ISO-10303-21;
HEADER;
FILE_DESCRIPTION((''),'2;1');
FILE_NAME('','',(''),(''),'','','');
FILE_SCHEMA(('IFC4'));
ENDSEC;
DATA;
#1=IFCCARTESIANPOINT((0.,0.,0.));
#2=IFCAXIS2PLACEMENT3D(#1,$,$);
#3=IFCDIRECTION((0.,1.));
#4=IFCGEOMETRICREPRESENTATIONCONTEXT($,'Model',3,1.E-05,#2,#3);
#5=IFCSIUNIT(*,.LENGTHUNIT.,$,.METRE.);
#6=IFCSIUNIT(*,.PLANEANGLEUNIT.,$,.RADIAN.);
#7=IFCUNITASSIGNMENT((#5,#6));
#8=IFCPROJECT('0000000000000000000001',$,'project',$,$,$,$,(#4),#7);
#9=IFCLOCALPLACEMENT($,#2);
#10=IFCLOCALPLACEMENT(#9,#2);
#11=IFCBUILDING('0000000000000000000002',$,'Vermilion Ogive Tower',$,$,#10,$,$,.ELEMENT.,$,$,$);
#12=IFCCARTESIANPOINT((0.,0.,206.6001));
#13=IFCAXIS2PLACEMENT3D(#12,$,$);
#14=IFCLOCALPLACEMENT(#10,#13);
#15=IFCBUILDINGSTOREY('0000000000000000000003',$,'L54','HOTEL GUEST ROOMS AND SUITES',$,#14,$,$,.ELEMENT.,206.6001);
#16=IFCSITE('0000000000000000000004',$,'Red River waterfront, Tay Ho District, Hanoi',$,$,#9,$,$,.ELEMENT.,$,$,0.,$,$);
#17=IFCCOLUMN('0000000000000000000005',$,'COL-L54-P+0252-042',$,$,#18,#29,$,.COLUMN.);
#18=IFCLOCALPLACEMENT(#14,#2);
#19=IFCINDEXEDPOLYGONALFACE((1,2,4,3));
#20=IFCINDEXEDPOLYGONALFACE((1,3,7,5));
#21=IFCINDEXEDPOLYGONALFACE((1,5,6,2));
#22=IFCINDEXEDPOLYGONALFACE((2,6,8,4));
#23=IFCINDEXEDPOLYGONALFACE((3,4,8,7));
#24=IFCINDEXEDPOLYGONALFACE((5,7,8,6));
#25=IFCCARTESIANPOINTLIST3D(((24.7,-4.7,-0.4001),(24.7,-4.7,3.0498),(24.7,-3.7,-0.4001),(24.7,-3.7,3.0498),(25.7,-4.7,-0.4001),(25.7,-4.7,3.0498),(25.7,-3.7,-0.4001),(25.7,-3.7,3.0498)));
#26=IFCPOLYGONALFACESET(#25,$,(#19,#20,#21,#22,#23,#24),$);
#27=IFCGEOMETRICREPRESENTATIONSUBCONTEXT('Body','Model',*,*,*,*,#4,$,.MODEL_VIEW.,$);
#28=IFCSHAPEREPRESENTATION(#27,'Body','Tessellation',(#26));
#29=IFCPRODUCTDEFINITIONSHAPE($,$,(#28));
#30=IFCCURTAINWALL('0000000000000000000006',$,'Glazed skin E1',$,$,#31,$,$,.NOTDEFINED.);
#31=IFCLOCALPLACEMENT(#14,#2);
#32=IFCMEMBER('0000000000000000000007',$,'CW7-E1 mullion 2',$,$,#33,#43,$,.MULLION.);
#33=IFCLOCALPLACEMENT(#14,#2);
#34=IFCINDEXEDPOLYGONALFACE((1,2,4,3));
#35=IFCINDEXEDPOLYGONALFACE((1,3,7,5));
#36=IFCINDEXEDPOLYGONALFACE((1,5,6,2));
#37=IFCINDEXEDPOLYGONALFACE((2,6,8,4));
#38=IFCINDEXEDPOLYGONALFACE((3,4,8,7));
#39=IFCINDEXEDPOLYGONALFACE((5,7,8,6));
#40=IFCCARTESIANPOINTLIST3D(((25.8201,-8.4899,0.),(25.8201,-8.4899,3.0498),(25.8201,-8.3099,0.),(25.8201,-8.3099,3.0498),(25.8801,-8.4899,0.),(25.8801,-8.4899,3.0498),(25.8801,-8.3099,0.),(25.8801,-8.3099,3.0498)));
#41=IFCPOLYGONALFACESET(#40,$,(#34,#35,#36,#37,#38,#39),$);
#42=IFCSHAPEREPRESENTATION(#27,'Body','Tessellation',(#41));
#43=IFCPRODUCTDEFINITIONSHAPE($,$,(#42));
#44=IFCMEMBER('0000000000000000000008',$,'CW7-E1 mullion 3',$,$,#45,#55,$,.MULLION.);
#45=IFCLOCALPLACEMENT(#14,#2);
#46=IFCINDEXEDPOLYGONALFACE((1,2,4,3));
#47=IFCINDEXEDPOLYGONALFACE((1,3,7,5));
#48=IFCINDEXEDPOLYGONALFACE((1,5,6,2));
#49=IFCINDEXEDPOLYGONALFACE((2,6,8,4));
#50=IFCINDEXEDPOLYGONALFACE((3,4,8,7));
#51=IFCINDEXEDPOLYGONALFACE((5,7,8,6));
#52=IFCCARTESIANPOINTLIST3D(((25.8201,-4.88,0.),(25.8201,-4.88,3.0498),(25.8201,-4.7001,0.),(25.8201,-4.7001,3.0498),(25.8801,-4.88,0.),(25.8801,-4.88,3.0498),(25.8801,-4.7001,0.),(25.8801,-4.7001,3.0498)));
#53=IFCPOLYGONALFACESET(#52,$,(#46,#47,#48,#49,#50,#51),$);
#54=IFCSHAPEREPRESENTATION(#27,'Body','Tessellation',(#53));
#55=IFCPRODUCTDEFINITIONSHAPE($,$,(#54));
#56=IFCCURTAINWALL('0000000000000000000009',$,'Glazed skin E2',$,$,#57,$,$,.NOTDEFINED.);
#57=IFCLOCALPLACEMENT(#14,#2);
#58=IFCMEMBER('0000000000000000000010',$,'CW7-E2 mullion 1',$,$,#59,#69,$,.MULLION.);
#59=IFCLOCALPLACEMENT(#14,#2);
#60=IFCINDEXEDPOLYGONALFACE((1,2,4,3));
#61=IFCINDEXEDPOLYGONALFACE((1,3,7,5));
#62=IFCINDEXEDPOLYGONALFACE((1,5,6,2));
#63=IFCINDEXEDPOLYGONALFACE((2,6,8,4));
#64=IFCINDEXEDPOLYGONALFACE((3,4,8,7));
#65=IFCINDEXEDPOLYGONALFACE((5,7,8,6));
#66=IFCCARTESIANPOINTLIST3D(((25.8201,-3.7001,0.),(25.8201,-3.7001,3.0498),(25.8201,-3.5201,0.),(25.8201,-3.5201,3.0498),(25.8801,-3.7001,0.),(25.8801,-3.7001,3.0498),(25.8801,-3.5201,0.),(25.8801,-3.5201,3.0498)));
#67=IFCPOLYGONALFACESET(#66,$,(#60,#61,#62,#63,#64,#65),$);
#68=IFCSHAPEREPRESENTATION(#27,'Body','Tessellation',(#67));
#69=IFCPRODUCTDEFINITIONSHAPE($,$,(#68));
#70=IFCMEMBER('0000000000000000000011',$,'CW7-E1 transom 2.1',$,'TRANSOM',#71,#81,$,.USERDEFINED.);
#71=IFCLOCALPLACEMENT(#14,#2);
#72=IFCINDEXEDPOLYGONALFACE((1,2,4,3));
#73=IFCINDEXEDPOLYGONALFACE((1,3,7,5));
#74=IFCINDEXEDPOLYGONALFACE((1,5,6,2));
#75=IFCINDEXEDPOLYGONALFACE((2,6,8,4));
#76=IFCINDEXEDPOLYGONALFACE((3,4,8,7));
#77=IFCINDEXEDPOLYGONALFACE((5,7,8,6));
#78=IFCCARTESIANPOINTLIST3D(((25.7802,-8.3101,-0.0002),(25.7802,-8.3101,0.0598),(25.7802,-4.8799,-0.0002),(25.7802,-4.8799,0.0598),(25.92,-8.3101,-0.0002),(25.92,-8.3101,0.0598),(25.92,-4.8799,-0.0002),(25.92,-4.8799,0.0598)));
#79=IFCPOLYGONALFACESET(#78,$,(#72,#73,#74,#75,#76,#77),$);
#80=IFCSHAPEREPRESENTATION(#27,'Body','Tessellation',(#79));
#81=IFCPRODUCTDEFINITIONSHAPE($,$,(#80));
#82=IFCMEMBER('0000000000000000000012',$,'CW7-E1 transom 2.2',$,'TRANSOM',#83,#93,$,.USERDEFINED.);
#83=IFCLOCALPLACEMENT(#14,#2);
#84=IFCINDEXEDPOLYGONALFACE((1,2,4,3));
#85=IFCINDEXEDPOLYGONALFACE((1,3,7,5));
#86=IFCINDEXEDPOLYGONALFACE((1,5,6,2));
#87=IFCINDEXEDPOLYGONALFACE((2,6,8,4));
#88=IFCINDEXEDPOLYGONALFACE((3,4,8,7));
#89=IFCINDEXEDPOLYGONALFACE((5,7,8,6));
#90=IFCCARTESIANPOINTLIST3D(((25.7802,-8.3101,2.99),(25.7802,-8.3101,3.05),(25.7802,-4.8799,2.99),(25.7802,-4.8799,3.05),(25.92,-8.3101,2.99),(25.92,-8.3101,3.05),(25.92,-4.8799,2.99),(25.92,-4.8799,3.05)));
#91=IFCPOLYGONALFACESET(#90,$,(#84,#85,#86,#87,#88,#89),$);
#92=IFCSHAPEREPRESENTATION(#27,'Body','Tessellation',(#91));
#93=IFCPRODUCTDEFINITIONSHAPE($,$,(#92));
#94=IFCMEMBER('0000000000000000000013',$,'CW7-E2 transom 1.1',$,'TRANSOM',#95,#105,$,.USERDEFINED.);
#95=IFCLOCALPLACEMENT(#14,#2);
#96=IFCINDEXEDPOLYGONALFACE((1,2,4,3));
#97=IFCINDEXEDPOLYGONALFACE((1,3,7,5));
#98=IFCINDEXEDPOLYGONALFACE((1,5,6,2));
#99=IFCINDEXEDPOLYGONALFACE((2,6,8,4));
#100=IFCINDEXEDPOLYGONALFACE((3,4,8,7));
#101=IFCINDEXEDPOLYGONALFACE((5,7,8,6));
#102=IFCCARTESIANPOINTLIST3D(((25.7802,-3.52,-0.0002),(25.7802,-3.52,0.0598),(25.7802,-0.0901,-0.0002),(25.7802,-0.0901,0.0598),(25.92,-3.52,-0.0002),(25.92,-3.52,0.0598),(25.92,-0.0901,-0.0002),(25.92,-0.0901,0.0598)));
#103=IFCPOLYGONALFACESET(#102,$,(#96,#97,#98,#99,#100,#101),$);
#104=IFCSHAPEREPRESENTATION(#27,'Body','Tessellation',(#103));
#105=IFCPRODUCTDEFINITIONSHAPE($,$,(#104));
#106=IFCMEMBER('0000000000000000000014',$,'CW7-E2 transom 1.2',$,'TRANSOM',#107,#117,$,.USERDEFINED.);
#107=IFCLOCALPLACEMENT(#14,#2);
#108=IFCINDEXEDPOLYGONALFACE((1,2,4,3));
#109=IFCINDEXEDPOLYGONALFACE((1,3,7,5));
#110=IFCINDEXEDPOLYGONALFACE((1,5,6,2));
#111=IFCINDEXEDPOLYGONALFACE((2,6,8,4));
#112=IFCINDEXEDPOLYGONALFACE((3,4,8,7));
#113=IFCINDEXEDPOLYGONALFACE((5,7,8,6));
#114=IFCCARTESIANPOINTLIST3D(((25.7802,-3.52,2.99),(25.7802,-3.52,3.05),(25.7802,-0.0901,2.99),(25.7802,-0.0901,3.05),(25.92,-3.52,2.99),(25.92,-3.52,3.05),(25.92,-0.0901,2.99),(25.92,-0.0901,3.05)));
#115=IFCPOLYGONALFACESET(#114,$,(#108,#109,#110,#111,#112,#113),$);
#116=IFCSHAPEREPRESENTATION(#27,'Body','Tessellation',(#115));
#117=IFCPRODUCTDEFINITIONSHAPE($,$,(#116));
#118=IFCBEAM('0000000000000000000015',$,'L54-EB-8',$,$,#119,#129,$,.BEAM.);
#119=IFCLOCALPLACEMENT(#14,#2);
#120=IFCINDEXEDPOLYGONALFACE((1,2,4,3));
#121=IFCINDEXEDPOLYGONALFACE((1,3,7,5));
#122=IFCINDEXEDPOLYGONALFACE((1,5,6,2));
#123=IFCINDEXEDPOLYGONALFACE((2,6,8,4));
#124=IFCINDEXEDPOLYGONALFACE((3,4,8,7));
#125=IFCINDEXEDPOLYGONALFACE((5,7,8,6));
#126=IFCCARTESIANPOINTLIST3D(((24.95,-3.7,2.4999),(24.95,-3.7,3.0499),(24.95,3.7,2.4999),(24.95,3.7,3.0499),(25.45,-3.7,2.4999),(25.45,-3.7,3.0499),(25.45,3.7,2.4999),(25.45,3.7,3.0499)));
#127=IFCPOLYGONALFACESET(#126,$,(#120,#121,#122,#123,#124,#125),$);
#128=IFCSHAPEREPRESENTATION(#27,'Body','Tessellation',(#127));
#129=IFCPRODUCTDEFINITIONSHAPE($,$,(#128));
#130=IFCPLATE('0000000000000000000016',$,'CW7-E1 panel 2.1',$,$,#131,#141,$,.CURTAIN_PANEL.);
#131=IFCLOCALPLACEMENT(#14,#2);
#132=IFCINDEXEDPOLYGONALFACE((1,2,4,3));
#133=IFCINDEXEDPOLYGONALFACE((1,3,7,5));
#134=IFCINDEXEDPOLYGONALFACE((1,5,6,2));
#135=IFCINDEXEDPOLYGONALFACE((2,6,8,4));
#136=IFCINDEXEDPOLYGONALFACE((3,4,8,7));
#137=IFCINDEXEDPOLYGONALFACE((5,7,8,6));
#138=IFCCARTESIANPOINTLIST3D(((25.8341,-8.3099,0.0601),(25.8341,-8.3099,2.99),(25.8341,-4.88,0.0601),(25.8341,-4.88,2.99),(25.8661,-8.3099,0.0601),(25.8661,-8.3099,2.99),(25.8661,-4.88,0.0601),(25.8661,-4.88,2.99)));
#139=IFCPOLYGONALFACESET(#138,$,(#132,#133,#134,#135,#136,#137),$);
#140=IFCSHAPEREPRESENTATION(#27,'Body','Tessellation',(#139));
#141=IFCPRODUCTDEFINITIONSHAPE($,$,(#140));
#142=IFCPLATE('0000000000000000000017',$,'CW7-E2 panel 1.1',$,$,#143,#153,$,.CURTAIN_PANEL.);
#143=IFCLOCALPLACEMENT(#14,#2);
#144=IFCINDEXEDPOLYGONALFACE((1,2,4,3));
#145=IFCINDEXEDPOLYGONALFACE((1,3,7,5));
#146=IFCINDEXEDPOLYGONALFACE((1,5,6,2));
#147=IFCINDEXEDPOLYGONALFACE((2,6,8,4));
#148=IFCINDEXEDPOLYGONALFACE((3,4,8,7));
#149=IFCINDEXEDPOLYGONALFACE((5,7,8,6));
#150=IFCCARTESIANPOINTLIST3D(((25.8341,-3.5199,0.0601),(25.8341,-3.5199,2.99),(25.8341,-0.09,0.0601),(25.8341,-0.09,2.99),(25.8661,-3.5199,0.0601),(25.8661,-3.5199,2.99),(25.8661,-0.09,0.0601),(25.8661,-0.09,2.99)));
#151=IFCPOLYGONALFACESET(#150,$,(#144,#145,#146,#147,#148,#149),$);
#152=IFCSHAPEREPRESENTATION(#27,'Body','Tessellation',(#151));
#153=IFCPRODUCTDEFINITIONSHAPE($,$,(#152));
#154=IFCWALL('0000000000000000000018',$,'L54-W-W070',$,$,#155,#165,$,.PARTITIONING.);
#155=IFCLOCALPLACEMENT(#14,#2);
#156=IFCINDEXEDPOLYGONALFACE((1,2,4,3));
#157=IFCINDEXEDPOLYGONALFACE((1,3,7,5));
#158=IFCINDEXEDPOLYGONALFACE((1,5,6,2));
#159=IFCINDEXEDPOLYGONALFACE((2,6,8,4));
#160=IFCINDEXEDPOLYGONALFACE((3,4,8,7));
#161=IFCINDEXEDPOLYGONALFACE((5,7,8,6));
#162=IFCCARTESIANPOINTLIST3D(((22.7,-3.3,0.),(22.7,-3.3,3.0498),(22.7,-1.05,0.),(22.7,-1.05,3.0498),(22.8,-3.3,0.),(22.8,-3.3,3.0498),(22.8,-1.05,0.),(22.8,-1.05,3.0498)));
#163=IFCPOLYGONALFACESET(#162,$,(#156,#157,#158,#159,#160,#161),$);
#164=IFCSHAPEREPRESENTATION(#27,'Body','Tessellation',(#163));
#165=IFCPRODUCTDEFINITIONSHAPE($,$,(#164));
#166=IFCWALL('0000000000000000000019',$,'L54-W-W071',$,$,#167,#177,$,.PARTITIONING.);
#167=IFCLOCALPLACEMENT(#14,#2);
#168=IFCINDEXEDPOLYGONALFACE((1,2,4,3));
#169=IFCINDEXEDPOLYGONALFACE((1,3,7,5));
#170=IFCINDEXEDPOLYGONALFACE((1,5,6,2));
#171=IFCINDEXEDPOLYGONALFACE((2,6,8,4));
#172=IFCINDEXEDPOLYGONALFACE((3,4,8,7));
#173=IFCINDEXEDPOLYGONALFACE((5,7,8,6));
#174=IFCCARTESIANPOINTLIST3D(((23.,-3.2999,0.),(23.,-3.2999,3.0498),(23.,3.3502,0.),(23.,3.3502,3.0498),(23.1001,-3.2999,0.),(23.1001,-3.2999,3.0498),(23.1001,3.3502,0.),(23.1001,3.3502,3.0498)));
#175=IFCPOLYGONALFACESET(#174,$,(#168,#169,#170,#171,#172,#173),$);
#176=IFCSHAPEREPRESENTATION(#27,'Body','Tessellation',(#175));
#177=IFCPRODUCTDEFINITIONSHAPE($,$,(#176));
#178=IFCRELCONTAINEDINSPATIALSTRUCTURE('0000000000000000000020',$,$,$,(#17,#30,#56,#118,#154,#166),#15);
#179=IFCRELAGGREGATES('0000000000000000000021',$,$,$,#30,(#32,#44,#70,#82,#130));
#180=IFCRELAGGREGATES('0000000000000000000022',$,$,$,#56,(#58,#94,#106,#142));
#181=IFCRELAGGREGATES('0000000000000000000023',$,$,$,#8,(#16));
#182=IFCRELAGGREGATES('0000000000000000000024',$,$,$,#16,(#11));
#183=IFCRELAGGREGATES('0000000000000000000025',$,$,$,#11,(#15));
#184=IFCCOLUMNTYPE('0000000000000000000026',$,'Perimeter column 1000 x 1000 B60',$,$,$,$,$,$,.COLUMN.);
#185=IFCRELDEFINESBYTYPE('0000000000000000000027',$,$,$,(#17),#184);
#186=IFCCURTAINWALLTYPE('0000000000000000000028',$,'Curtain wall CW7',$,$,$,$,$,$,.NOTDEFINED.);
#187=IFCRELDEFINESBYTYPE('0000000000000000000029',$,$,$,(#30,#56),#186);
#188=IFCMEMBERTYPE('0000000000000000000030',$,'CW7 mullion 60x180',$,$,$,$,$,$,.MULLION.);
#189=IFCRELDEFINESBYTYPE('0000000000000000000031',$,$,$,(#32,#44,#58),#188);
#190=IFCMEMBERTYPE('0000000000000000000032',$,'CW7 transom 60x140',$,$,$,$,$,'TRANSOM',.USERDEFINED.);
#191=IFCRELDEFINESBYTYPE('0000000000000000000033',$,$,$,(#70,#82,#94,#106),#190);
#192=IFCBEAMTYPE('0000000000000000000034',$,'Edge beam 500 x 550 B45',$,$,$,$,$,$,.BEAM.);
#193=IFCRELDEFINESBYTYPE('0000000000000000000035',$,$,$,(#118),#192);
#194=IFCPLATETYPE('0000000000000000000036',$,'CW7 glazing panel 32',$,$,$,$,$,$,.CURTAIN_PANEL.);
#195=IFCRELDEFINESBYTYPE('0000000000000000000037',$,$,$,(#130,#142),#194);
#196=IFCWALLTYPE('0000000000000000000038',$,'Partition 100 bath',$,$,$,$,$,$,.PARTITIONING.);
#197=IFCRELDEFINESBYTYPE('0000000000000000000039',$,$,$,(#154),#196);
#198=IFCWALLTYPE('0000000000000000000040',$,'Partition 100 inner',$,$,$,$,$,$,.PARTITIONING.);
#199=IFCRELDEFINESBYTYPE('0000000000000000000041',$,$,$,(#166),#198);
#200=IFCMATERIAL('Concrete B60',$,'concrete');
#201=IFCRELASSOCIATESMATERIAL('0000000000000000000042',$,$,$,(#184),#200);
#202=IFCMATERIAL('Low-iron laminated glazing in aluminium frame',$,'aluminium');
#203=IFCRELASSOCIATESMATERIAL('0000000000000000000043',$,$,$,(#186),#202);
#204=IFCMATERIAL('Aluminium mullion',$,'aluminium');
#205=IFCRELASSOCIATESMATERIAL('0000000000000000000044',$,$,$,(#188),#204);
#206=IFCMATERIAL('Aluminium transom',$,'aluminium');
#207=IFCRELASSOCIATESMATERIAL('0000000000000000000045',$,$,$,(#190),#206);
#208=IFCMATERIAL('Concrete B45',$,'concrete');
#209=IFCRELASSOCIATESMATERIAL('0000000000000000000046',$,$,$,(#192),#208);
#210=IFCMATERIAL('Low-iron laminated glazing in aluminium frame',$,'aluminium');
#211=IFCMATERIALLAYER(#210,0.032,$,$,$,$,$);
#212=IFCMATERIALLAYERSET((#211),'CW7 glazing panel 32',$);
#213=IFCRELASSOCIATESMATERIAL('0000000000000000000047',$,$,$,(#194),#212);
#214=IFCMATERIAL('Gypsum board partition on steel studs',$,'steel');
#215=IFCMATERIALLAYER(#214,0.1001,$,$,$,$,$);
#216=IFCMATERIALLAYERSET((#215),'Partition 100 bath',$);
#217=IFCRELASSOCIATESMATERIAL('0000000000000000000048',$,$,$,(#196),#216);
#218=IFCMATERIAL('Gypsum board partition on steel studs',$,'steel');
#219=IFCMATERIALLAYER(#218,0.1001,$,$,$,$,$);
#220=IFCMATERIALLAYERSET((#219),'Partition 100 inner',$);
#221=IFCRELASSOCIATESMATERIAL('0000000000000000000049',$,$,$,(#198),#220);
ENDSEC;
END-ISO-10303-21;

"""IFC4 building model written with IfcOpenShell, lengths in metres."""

from ifc_helpers import new_model, si_unit, direction, frame, frame_2d, origin, origin_2d, place, context, subcontext, project, spatial, rectangle, extrude, material, layer, layer_set, material_profile, profile_set, type_object, element, aggregate, save


model = new_model("IFC4")

# Units and contexts
model_context = context("Model", 3, precision=1e-05, world=origin(), true_north=direction((0.0, 1.0)))
body_context = subcontext(model_context, "Body", "Model", "MODEL_VIEW")
ifc_project = project(units=[si_unit("LENGTHUNIT", "METRE"), si_unit("PLANEANGLEUNIT", "RADIAN")], contexts=[model_context])

# Site, building, storey
site_placement = place(None, origin())
site = spatial("IfcSite", under=ifc_project, at=site_placement, Name="Red River waterfront, Tay Ho District, Hanoi", CompositionType="ELEMENT", RefElevation=0.0)
building_placement = place(site_placement, origin())
building = spatial("IfcBuilding", under=site, at=building_placement, Name="Vermilion Ogive Tower", CompositionType="ELEMENT")
storey_placement = place(building_placement, frame((0.0, 0.0, 206.6001)))
storey = spatial("IfcBuildingStorey", under=building, at=storey_placement, Name="L54", Description="HOTEL GUEST ROOMS AND SUITES", CompositionType="ELEMENT", Elevation=206.6001)

# Column
ifc_material_1 = material(Name="Concrete B60", Category="concrete")
ifc_material_profile_1 = material_profile(ifc_material_1, rectangle(XDim=1.0, YDim=1.0, at=origin_2d()), Name="1000 x 1000")
ifc_profile_set_1 = profile_set([ifc_material_profile_1], Name="Concrete B60")
column_type = type_object("IfcColumnType", Name="Perimeter column 1000 x 1000 B60", PredefinedType="COLUMN", material=ifc_profile_set_1)
column_placement = place(storey_placement, frame((25.2, -4.2, -0.4001), z_axis=(0.0, 0.0, 1.0), x_axis=(1.0, 0.0, 0.0)))
element("IfcColumn", 1, at=column_placement, inside=storey, type_object=column_type, Name="COL-L54-P+0252-042", PredefinedType="COLUMN", context=body_context, shape_type="SweptSolid", body=[
    extrude(rectangle(XDim=1.0, YDim=1.0, at=origin_2d()), origin(), (0.0, 0.0, 1.0), 3.45),
])

# Curtain wall, members
ifc_material_2 = material(Name="Low-iron laminated glazing in aluminium frame", Category="aluminium")
curtain_wall_type = type_object("IfcCurtainWallType", Name="Curtain wall CW7", PredefinedType="NOTDEFINED", material=ifc_material_2)
curtain_wall_1_placement = place(storey_placement, origin())
curtain_wall_1 = element("IfcCurtainWall", 2, at=curtain_wall_1_placement, inside=storey, type_object=curtain_wall_type, Name="Glazed skin E1", PredefinedType="NOTDEFINED")
ifc_material_3 = material(Name="Aluminium mullion", Category="aluminium")
ifc_material_profile_2 = material_profile(ifc_material_3, rectangle(XDim=0.0601, YDim=0.1799, at=origin_2d()), Name="AL 60x180")
ifc_profile_set_2 = profile_set([ifc_material_profile_2], Name="Aluminium mullion")
member_type_1 = type_object("IfcMemberType", Name="CW7 mullion 60x180", PredefinedType="MULLION", material=ifc_profile_set_2)
member_1_placement = place(storey_placement, frame((25.8501, -8.3999, 0.0), z_axis=(0.0, 0.0, 1.0), x_axis=(-1.0, 0.0, 0.0)))
member_1 = element("IfcMember", 3, at=member_1_placement, type_object=member_type_1, Name="CW7-E1 mullion 2", PredefinedType="MULLION", context=body_context, shape_type="SweptSolid", body=[
    extrude(rectangle(XDim=0.0601, YDim=0.1799, at=origin_2d()), origin(), (0.0, 0.0, 1.0), 3.0498),
])
member_2_placement = place(storey_placement, frame((25.8501, -4.79, 0.0), z_axis=(0.0, 0.0, 1.0), x_axis=(-1.0, 0.0, 0.0)))
member_2 = element("IfcMember", 4, at=member_2_placement, type_object=member_type_1, Name="CW7-E1 mullion 3", PredefinedType="MULLION", context=body_context, shape_type="SweptSolid", body=[
    extrude(rectangle(XDim=0.0601, YDim=0.1799, at=origin_2d()), origin(), (0.0, 0.0, 1.0), 3.0498),
])

# Curtain wall, member
curtain_wall_2_placement = place(storey_placement, origin())
curtain_wall_2 = element("IfcCurtainWall", 5, at=curtain_wall_2_placement, inside=storey, type_object=curtain_wall_type, Name="Glazed skin E2", PredefinedType="NOTDEFINED")
member_3_placement = place(storey_placement, frame((25.8501, -3.6101, 0.0), z_axis=(0.0, 0.0, 1.0), x_axis=(-1.0, 0.0, 0.0)))
member_3 = element("IfcMember", 6, at=member_3_placement, type_object=member_type_1, Name="CW7-E2 mullion 1", PredefinedType="MULLION", context=body_context, shape_type="SweptSolid", body=[
    extrude(rectangle(XDim=0.0601, YDim=0.1799, at=origin_2d()), origin(), (0.0, 0.0, 1.0), 3.0498),
])

# Members
ifc_material_4 = material(Name="Aluminium transom", Category="aluminium")
ifc_material_profile_3 = material_profile(ifc_material_4, rectangle(XDim=0.1399, YDim=0.0601, at=origin_2d()), Name="AL 60x140")
ifc_profile_set_3 = profile_set([ifc_material_profile_3], Name="Aluminium transom")
member_type_2 = type_object("IfcMemberType", Name="CW7 transom 60x140", ElementType="TRANSOM", PredefinedType="USERDEFINED", material=ifc_profile_set_3)
member_4_placement = place(storey_placement, frame((25.8501, -8.3101, 0.0298), z_axis=(0.0, 1.0, 0.0), x_axis=(-1.0, 0.0, 0.0)))
member_4 = element("IfcMember", 7, at=member_4_placement, type_object=member_type_2, Name="CW7-E1 transom 2.1", ObjectType="TRANSOM", PredefinedType="USERDEFINED", context=body_context, shape_type="SweptSolid", body=[
    extrude(rectangle(XDim=0.1399, YDim=0.0601, at=origin_2d()), origin(), (0.0, 0.0, 1.0), 3.4302),
])
member_5_placement = place(storey_placement, frame((25.8501, -8.3101, 3.02), z_axis=(0.0, 1.0, 0.0), x_axis=(-1.0, 0.0, 0.0)))
member_5 = element("IfcMember", 8, at=member_5_placement, type_object=member_type_2, Name="CW7-E1 transom 2.2", ObjectType="TRANSOM", PredefinedType="USERDEFINED", context=body_context, shape_type="SweptSolid", body=[
    extrude(rectangle(XDim=0.1399, YDim=0.0601, at=origin_2d()), origin(), (0.0, 0.0, 1.0), 3.4302),
])
member_6_placement = place(storey_placement, frame((25.8501, -3.52, 0.0298), z_axis=(0.0, 1.0, 0.0), x_axis=(-1.0, 0.0, 0.0)))
member_6 = element("IfcMember", 9, at=member_6_placement, type_object=member_type_2, Name="CW7-E2 transom 1.1", ObjectType="TRANSOM", PredefinedType="USERDEFINED", context=body_context, shape_type="SweptSolid", body=[
    extrude(rectangle(XDim=0.1399, YDim=0.0601, at=origin_2d()), origin(), (0.0, 0.0, 1.0), 3.4299),
])
member_7_placement = place(storey_placement, frame((25.8501, -3.52, 3.02), z_axis=(0.0, 1.0, 0.0), x_axis=(-1.0, 0.0, 0.0)))
member_7 = element("IfcMember", 10, at=member_7_placement, type_object=member_type_2, Name="CW7-E2 transom 1.2", ObjectType="TRANSOM", PredefinedType="USERDEFINED", context=body_context, shape_type="SweptSolid", body=[
    extrude(rectangle(XDim=0.1399, YDim=0.0601, at=origin_2d()), origin(), (0.0, 0.0, 1.0), 3.4299),
])

# Beam
ifc_material_5 = material(Name="Concrete B45", Category="concrete")
ifc_material_profile_4 = material_profile(ifc_material_5, rectangle(XDim=0.5, YDim=0.55, at=origin_2d()), Name="500 x 550")
ifc_profile_set_4 = profile_set([ifc_material_profile_4], Name="Concrete B45")
beam_type = type_object("IfcBeamType", Name="Edge beam 500 x 550 B45", PredefinedType="BEAM", material=ifc_profile_set_4)
beam_placement = place(storey_placement, frame((25.2, -3.7, 2.7749), z_axis=(0.0, 1.0, 0.0), x_axis=(-1.0, 0.0, 0.0)))
element("IfcBeam", 11, at=beam_placement, inside=storey, type_object=beam_type, Name="L54-EB-8", PredefinedType="BEAM", context=body_context, shape_type="SweptSolid", body=[
    extrude(rectangle(XDim=0.5, YDim=0.55, at=origin_2d()), origin(), (0.0, 0.0, 1.0), 7.3999),
])

# Plates
ifc_material_6 = material(Name="Low-iron laminated glazing in aluminium frame", Category="aluminium")
ifc_layer_1 = layer(ifc_material_6, 0.032)
ifc_layer_set_1 = layer_set([ifc_layer_1], Name="CW7 glazing panel 32")
plate_type = type_object("IfcPlateType", Name="CW7 glazing panel 32", PredefinedType="CURTAIN_PANEL", material=ifc_layer_set_1)
plate_1_placement = place(storey_placement, frame((25.8501, -6.595, 0.0601), z_axis=(0.0, 0.0, 1.0), x_axis=(0.0, 1.0, 0.0)))
plate_1 = element("IfcPlate", 12, at=plate_1_placement, type_object=plate_type, Name="CW7-E1 panel 2.1", PredefinedType="CURTAIN_PANEL", context=body_context, shape_type="SweptSolid", body=[
    extrude(rectangle(XDim=3.4299, YDim=0.032, at=origin_2d()), origin(), (0.0, 0.0, 1.0), 2.9299),
])
aggregate(curtain_wall_1, [member_1, member_2, member_4, member_5, plate_1])
plate_2_placement = place(storey_placement, frame((25.8501, -1.8049, 0.0601), z_axis=(0.0, 0.0, 1.0), x_axis=(0.0, 1.0, 0.0)))
plate_2 = element("IfcPlate", 13, at=plate_2_placement, type_object=plate_type, Name="CW7-E2 panel 1.1", PredefinedType="CURTAIN_PANEL", context=body_context, shape_type="SweptSolid", body=[
    extrude(rectangle(XDim=3.4299, YDim=0.032, at=origin_2d()), origin(), (0.0, 0.0, 1.0), 2.9299),
])
aggregate(curtain_wall_2, [member_3, member_6, member_7, plate_2])

# Walls
ifc_material_7 = material(Name="Gypsum board partition on steel studs", Category="steel")
ifc_layer_2 = layer(ifc_material_7, 0.1001)
ifc_layer_set_2 = layer_set([ifc_layer_2], Name="Partition 100 bath")
wall_type_1 = type_object("IfcWallType", Name="Partition 100 bath", PredefinedType="PARTITIONING", material=ifc_layer_set_2)
wall_1_placement = place(storey_placement, frame((22.75, -3.3, 0.0), z_axis=(0.0, 0.0, 1.0), x_axis=(0.0, 1.0, 0.0)))
element("IfcWall", 14, at=wall_1_placement, inside=storey, type_object=wall_type_1, Name="L54-W-W070", PredefinedType="PARTITIONING", context=body_context, shape_type="SweptSolid", body=[
    extrude(rectangle(XDim=2.25, YDim=0.1001, at=frame_2d((1.125, 0.0))), origin(), (0.0, 0.0, 1.0), 3.0498),
])
ifc_material_8 = material(Name="Gypsum board partition on steel studs", Category="steel")
ifc_layer_3 = layer(ifc_material_8, 0.1001)
ifc_layer_set_3 = layer_set([ifc_layer_3], Name="Partition 100 inner")
wall_type_2 = type_object("IfcWallType", Name="Partition 100 inner", PredefinedType="PARTITIONING", material=ifc_layer_set_3)
wall_2_placement = place(storey_placement, frame((23.05, -3.3, 0.0), z_axis=(0.0, 0.0, 1.0), x_axis=(0.0, 1.0, 0.0)))
element("IfcWall", 15, at=wall_2_placement, inside=storey, type_object=wall_type_2, Name="L54-W-W071", PredefinedType="PARTITIONING", context=body_context, shape_type="SweptSolid", body=[
    extrude(rectangle(XDim=6.6501, YDim=0.1001, at=frame_2d((3.3252, 0.0))), origin(), (0.0, 0.0, 1.0), 3.0498),
])

save(model, "model.ifc")
